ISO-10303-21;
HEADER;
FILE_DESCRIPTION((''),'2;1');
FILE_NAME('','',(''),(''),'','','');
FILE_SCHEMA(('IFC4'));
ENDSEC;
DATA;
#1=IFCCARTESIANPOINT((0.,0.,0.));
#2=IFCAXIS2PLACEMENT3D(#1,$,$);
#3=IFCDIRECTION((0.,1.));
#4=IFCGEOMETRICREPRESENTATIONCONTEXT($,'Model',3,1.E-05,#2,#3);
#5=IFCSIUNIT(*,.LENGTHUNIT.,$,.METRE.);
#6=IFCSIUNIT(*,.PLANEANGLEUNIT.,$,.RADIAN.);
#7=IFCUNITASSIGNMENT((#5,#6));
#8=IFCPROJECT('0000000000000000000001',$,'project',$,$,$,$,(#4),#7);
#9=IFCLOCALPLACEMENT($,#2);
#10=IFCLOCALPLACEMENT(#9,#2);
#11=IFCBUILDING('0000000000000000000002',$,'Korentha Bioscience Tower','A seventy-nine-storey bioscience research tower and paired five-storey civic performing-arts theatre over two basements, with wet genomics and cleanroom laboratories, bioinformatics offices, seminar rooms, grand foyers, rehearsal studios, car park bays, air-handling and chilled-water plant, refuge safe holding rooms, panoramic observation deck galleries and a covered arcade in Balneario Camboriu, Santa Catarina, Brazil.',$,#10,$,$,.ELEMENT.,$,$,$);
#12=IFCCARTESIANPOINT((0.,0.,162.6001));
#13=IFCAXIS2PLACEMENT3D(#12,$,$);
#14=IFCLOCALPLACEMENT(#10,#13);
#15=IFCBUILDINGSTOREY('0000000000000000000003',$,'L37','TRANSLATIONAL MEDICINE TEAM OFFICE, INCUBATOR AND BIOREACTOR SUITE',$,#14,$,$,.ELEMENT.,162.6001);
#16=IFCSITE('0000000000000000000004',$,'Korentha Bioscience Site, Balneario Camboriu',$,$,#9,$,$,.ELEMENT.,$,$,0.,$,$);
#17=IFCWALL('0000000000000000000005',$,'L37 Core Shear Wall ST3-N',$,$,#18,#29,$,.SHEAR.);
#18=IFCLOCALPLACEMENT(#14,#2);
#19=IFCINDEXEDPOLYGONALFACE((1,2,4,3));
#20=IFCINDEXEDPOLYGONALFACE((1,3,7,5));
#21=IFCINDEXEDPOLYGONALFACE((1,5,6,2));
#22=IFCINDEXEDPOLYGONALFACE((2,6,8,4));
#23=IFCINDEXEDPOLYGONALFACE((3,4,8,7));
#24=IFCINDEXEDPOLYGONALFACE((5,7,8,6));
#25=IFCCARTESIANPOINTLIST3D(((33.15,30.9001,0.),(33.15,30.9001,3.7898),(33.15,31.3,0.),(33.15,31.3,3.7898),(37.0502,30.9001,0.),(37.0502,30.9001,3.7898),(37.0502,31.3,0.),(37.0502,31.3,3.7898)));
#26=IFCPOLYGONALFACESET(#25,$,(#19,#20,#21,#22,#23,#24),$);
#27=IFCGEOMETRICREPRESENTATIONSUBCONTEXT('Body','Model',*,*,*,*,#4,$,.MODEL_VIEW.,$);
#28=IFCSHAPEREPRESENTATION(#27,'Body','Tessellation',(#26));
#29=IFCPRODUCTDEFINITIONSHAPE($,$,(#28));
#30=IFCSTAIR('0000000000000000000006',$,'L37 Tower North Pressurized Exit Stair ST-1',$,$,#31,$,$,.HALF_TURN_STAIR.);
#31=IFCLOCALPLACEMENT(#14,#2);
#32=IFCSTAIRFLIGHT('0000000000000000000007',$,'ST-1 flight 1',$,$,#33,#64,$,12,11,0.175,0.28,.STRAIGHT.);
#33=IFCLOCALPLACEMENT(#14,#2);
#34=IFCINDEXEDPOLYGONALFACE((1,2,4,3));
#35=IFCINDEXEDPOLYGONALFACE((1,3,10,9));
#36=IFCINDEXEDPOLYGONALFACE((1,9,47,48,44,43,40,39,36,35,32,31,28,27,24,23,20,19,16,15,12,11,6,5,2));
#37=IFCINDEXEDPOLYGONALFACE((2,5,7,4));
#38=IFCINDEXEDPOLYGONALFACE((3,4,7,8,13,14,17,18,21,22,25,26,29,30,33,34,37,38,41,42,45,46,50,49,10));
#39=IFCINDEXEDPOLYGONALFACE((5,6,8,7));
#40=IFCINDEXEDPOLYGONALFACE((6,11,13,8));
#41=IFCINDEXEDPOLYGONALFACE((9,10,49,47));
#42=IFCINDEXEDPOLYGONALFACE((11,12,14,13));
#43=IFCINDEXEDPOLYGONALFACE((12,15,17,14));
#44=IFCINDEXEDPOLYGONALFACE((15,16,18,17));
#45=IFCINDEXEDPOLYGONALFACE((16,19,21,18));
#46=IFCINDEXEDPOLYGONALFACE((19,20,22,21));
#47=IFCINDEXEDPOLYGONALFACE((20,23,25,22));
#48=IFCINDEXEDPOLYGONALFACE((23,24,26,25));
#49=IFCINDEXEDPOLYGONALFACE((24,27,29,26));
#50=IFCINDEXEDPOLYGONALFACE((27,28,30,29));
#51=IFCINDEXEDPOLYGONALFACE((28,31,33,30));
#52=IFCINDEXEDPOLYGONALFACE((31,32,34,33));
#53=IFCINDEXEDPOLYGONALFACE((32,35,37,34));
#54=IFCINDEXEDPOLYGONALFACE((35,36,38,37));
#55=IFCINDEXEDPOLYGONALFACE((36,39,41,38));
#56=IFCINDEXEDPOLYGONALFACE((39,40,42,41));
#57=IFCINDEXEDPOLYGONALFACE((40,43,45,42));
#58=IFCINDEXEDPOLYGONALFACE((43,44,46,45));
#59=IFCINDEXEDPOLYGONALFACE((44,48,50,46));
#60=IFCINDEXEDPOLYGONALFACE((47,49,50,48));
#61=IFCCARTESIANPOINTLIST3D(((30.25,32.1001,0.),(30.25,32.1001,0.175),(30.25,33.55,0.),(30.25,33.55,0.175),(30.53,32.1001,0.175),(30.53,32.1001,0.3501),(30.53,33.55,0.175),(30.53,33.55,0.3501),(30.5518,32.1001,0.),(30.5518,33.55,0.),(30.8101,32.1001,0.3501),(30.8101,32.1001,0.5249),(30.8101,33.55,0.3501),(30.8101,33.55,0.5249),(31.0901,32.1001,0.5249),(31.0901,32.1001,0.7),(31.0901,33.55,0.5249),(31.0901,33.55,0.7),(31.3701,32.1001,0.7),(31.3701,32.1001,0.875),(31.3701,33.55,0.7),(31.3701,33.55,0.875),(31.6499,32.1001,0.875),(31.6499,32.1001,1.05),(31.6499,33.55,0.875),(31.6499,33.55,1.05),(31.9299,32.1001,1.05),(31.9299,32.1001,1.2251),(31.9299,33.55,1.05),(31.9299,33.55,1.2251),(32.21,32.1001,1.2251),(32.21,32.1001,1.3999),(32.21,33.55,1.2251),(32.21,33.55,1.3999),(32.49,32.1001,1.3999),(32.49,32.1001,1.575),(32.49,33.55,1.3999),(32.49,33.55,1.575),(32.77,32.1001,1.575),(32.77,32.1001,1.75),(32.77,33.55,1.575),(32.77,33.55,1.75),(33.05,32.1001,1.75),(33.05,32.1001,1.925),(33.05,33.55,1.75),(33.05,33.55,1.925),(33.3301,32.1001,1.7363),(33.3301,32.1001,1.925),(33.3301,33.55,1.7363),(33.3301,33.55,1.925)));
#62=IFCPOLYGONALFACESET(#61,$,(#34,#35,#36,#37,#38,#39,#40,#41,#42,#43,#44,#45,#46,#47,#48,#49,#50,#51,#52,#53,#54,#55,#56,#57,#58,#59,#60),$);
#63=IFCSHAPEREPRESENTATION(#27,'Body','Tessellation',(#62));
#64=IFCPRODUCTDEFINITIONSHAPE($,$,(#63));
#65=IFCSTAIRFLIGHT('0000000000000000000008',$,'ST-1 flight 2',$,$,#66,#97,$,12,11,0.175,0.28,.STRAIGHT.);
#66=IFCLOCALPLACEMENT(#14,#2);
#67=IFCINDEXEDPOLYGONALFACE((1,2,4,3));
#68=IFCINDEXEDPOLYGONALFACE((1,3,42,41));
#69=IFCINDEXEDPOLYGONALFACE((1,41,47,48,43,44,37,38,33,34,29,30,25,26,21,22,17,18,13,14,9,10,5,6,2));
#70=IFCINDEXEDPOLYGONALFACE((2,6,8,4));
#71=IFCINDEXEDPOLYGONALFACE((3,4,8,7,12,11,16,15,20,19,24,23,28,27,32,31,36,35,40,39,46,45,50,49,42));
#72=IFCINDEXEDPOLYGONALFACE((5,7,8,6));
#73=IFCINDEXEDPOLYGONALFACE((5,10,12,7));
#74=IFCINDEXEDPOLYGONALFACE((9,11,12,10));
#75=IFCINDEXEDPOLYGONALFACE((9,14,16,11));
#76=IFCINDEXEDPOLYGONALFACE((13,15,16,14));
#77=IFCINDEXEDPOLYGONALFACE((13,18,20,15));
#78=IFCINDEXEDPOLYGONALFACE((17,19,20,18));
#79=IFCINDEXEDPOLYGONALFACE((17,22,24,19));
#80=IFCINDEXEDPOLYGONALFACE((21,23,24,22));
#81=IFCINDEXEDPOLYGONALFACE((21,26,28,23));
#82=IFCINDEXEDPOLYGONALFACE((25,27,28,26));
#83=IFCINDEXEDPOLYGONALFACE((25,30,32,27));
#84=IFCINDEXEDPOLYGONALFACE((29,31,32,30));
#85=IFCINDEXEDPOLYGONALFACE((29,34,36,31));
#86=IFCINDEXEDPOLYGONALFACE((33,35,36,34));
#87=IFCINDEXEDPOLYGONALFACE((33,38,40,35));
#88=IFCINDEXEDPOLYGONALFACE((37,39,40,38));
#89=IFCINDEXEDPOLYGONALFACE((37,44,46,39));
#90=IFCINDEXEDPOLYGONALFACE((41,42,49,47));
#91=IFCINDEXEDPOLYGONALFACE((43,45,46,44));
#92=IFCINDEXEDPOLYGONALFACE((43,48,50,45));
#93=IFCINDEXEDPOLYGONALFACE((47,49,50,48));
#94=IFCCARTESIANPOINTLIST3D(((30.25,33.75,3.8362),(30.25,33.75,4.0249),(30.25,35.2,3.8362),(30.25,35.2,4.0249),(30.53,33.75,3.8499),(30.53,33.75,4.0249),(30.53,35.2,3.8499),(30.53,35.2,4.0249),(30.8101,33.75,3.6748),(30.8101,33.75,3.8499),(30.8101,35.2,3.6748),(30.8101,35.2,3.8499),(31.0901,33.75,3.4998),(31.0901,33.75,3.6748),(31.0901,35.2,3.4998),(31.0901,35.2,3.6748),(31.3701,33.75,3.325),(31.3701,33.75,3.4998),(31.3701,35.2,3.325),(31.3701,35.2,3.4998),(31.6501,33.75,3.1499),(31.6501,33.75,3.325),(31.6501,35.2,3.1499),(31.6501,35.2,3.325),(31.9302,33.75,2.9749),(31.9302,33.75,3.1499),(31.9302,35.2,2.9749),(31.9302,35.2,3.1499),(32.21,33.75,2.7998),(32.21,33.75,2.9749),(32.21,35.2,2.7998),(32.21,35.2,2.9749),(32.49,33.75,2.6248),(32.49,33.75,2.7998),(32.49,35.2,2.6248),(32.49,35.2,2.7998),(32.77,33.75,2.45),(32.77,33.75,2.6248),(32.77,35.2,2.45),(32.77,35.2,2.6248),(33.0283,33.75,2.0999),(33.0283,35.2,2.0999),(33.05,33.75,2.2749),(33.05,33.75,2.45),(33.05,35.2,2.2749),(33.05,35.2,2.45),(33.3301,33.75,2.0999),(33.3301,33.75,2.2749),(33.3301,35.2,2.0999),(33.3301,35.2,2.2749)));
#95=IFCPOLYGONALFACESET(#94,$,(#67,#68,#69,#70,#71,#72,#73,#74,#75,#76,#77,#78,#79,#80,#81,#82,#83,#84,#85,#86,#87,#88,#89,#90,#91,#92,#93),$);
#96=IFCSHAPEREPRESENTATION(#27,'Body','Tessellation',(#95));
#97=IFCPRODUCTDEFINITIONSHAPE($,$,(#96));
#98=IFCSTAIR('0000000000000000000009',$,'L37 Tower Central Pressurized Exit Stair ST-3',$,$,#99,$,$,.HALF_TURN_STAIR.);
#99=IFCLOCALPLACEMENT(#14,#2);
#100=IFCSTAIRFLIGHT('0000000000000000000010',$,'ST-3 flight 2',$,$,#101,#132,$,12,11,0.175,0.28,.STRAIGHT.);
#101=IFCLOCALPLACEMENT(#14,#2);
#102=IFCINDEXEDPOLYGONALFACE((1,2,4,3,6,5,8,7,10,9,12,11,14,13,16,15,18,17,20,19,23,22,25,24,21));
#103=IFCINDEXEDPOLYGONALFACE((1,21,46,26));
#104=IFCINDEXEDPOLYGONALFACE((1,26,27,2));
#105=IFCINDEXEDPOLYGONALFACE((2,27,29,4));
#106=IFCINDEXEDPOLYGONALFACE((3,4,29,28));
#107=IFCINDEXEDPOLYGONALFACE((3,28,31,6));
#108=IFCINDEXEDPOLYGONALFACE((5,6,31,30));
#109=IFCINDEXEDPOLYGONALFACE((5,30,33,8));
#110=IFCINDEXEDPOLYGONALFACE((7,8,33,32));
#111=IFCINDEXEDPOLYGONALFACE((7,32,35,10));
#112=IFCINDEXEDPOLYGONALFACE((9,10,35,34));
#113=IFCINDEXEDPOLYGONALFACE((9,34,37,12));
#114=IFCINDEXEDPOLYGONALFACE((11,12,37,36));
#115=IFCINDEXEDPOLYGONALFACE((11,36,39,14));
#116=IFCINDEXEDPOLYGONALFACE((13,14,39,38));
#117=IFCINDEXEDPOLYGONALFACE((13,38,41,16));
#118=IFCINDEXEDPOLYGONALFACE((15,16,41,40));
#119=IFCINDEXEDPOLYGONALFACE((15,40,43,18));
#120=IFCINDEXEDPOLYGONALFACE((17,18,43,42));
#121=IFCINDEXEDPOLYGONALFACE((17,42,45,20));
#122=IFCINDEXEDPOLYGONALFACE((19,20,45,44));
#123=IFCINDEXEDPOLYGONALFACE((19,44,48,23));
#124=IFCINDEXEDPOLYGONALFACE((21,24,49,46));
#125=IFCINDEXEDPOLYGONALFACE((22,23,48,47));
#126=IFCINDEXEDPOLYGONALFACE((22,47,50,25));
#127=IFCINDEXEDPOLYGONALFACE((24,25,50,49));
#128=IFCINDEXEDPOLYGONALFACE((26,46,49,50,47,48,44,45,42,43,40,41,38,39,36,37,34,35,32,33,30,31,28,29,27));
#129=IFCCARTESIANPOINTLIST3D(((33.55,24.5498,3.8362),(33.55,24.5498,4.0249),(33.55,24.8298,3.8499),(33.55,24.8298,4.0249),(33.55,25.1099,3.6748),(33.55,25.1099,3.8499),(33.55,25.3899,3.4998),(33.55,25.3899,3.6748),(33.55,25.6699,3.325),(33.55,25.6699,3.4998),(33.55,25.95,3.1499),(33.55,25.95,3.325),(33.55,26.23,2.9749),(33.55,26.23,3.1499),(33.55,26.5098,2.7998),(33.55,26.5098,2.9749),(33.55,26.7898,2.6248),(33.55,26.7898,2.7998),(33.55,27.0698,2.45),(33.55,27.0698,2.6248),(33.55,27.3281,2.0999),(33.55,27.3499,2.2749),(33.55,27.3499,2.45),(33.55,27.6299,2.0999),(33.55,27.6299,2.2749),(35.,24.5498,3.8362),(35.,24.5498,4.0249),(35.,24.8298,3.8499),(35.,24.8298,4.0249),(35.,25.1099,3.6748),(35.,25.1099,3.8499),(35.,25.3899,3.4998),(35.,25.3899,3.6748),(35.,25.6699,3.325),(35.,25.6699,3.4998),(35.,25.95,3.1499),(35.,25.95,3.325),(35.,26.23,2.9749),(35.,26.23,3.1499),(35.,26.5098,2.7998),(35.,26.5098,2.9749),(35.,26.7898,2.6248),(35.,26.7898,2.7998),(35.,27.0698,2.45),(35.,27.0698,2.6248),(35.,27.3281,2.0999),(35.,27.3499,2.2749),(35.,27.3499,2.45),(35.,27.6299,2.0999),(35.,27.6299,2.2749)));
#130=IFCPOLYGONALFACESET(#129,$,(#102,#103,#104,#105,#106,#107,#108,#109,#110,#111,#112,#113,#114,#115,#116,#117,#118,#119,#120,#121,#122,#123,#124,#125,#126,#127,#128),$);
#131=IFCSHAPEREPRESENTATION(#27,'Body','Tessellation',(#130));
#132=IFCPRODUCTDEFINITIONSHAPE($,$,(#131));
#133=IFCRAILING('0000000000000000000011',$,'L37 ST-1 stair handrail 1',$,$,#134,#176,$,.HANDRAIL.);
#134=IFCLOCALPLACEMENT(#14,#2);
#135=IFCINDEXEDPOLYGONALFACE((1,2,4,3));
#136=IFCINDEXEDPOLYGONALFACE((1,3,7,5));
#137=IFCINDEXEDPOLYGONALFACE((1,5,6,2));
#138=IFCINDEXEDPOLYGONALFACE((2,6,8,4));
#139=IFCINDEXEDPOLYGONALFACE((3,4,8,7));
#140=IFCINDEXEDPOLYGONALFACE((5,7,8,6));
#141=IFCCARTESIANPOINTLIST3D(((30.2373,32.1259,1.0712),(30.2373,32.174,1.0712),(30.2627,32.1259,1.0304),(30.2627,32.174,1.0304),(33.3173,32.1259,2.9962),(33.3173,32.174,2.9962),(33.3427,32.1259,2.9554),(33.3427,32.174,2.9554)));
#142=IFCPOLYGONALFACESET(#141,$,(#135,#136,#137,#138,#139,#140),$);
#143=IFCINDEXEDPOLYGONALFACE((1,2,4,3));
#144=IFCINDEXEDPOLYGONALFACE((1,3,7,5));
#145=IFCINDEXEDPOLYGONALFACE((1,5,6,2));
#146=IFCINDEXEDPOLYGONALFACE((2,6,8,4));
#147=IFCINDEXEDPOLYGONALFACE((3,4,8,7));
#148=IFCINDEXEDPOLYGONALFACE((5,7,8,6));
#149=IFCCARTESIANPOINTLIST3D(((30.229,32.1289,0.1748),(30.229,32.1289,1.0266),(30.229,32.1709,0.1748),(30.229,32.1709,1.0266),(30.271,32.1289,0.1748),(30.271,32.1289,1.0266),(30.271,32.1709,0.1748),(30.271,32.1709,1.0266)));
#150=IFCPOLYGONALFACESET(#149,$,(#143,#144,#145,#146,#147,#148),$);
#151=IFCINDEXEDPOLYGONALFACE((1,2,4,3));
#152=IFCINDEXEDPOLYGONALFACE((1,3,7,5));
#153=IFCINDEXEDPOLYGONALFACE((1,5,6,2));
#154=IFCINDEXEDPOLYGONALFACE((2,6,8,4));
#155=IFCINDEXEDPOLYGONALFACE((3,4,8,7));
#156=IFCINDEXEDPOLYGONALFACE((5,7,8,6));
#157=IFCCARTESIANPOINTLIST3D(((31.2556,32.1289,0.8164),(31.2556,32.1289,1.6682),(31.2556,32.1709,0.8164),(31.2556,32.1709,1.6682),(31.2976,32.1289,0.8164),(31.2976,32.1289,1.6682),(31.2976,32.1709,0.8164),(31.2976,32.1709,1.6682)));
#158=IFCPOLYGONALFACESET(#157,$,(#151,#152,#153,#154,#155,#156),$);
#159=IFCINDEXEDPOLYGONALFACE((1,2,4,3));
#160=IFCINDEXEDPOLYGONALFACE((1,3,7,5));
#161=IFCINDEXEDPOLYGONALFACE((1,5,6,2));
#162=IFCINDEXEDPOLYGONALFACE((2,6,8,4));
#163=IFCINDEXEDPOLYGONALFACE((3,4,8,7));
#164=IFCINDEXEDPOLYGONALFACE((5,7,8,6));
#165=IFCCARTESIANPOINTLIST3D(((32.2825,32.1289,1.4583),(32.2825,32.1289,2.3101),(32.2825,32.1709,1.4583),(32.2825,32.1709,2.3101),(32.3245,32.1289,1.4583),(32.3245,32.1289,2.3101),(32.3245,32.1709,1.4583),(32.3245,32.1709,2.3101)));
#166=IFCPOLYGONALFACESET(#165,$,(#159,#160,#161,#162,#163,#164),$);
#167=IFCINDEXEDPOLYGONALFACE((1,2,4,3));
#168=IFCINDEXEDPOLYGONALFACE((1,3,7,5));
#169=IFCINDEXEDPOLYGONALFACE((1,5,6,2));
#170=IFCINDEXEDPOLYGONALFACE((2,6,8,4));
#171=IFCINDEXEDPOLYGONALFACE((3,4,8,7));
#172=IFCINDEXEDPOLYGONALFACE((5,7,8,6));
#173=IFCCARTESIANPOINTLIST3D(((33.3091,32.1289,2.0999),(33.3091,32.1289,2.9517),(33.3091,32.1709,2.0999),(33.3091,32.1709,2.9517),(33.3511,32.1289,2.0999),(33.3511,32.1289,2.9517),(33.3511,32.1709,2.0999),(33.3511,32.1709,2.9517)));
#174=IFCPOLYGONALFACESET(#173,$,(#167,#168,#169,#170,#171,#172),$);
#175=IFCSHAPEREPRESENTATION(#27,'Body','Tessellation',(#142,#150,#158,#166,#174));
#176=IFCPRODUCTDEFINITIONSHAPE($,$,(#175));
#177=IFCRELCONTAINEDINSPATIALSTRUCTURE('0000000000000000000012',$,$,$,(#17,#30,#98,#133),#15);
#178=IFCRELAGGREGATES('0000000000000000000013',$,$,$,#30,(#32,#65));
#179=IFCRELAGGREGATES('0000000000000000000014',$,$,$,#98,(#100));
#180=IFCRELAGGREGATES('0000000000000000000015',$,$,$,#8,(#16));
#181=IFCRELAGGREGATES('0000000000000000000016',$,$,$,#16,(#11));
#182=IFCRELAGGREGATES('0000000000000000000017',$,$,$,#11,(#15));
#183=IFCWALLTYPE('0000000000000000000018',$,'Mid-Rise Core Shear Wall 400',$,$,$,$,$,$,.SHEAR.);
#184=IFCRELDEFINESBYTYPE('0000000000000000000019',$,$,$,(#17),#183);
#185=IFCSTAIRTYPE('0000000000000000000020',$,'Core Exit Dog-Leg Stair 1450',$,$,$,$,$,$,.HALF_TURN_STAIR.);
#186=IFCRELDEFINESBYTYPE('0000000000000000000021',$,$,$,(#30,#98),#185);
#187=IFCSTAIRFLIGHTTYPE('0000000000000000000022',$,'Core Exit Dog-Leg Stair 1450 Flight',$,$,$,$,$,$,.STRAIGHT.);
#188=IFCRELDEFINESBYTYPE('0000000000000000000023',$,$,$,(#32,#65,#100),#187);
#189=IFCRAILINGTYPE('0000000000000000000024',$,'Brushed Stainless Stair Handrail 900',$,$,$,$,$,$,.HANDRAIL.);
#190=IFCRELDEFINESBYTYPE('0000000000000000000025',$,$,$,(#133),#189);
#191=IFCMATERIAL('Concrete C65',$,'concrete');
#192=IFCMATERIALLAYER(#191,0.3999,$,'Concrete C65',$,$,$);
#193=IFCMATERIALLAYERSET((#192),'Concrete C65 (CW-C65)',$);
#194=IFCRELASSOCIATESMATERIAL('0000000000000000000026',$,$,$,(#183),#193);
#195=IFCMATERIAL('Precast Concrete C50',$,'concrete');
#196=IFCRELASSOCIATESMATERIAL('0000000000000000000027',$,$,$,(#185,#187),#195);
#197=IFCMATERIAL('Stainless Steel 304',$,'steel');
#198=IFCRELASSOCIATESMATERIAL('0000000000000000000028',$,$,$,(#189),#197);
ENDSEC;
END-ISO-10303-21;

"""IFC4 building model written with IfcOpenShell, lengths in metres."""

from ifc_helpers import new_model, si_unit, direction, frame, frame_2d, origin, origin_2d, place, context, subcontext, project, spatial, polyline, rectangle, outline, extrude, material, layer, layer_set, type_object, element, aggregate, save


model = new_model("IFC4")

# Units and contexts
model_context = context("Model", 3, precision=1e-05, world=origin(), true_north=direction((0.0, 1.0)))
body_context = subcontext(model_context, "Body", "Model", "MODEL_VIEW")
ifc_project = project(units=[si_unit("LENGTHUNIT", "METRE"), si_unit("PLANEANGLEUNIT", "RADIAN")], contexts=[model_context])

# Site, building, storey
site_placement = place(None, origin())
site = spatial("IfcSite", under=ifc_project, at=site_placement, Name="Korentha Bioscience Site, Balneario Camboriu", CompositionType="ELEMENT", RefElevation=0.0)
building_placement = place(site_placement, origin())
building = spatial("IfcBuilding", under=site, at=building_placement, Name="Korentha Bioscience Tower", Description="A seventy-nine-storey bioscience research tower and paired five-storey civic performing-arts theatre over two basements, with wet genomics and cleanroom laboratories, bioinformatics offices, seminar rooms, grand foyers, rehearsal studios, car park bays, air-handling and chilled-water plant, refuge safe holding rooms, panoramic observation deck galleries and a covered arcade in Balneario Camboriu, Santa Catarina, Brazil.", CompositionType="ELEMENT")
storey_placement = place(building_placement, frame((0.0, 0.0, 162.6001)))
storey = spatial("IfcBuildingStorey", under=building, at=storey_placement, Name="L37", Description="TRANSLATIONAL MEDICINE TEAM OFFICE, INCUBATOR AND BIOREACTOR SUITE", CompositionType="ELEMENT", Elevation=162.6001)

# Shared definitions
ifc_material_1 = material(Name="Concrete C65", Category="concrete")

# Wall
ifc_layer_1 = layer(ifc_material_1, 0.3999, Name="Concrete C65")
ifc_layer_set_1 = layer_set([ifc_layer_1], Name="Concrete C65 (CW-C65)")
wall_type_1 = type_object("IfcWallType", Name="Mid-Rise Core Shear Wall 400", PredefinedType="SHEAR", material=ifc_layer_set_1)
wall_1_placement = place(storey_placement, frame((33.1499, 31.1001, 0.0), z_axis=(0.0, 0.0, 1.0), x_axis=(1.0, 0.0, 0.0)))
element("IfcWall", 1, at=wall_1_placement, inside=storey, type_object=wall_type_1, Name="L37 Core Shear Wall ST3-N", PredefinedType="SHEAR", context=body_context, shape_type="SweptSolid", body=[
    extrude(rectangle(XDim=3.9001, YDim=0.3999, at=frame_2d((1.9502, 0.0))), origin(), (0.0, 0.0, 1.0), 3.7898),
])

# Stair, stair flights
ifc_material_2 = material(Name="Precast Concrete C50", Category="concrete")
stair_type = type_object("IfcStairType", Name="Core Exit Dog-Leg Stair 1450", PredefinedType="HALF_TURN_STAIR", material=ifc_material_2)
stair_1_placement = place(storey_placement, origin())
stair_1 = element("IfcStair", 2, at=stair_1_placement, inside=storey, type_object=stair_type, Name="L37 Tower North Pressurized Exit Stair ST-1", PredefinedType="HALF_TURN_STAIR")
stair_flight_type = type_object("IfcStairFlightType", Name="Core Exit Dog-Leg Stair 1450 Flight", PredefinedType="STRAIGHT", material=ifc_material_2)
stair_flight_1_placement = place(storey_placement, frame((30.25, 32.825, 0.0), z_axis=(0.0, 0.0, 1.0), x_axis=(1.0, 0.0, 0.0)))
stair_flight_1 = element("IfcStairFlight", 3, at=stair_flight_1_placement, type_object=stair_flight_type, Name="ST-1 flight 1", NumberOfRisers=12, NumberOfTreads=11, PredefinedType="STRAIGHT", RiserHeight=0.175, TreadLength=0.28, context=body_context, shape_type="SweptSolid", body=[
    extrude(outline(polyline([(0.0, 0.0), (0.0, 0.175), (0.28, 0.175), (0.28, 0.3501), (0.5601, 0.3501), (0.5601, 0.5249), (0.8401, 0.5249), (0.8401, 0.7), (1.1201, 0.7), (1.1201, 0.875), (1.3999, 0.875), (1.3999, 1.05), (1.6799, 1.05), (1.6799, 1.2251), (1.96, 1.2251), (1.96, 1.3999), (2.24, 1.3999), (2.24, 1.575), (2.52, 1.575), (2.52, 1.75), (2.8, 1.75), (2.8, 1.925), (3.0801, 1.925), (3.0801, 2.1001), (3.0801, 1.7363), (0.3018, 0.0), (0.0, 0.0)])), frame((0.0, 0.7251, 0.0), z_axis=(0.0, -1.0, 0.0), x_axis=(1.0, 0.0, 0.0)), (0.0, 0.0, 1.0), 1.45),
])
stair_flight_2_placement = place(storey_placement, frame((33.3301, 34.4751, 2.0999), z_axis=(0.0, 0.0, 1.0), x_axis=(-1.0, 0.0, 0.0)))
stair_flight_2 = element("IfcStairFlight", 4, at=stair_flight_2_placement, type_object=stair_flight_type, Name="ST-1 flight 2", NumberOfRisers=12, NumberOfTreads=11, PredefinedType="STRAIGHT", RiserHeight=0.175, TreadLength=0.28, context=body_context, shape_type="SweptSolid", body=[
    extrude(outline(polyline([(0.0, 0.0), (0.0, 0.175), (0.28, 0.175), (0.28, 0.3501), (0.5601, 0.3501), (0.5601, 0.5249), (0.8401, 0.5249), (0.8401, 0.7), (1.1201, 0.7), (1.1201, 0.875), (1.3999, 0.875), (1.3999, 1.05), (1.6799, 1.05), (1.6799, 1.2251), (1.96, 1.2251), (1.96, 1.3999), (2.24, 1.3999), (2.24, 1.575), (2.52, 1.575), (2.52, 1.75), (2.8, 1.75), (2.8, 1.925), (3.0801, 1.925), (3.0801, 2.1001), (3.0801, 1.7363), (0.3018, 0.0), (0.0, 0.0)])), frame((0.0, 0.7251, 0.0), z_axis=(0.0, -1.0, 0.0), x_axis=(1.0, 0.0, 0.0)), (0.0, 0.0, 1.0), 1.45),
])
aggregate(stair_1, [stair_flight_1, stair_flight_2])

# Stair, stair flight
stair_2_placement = place(storey_placement, origin())
stair_2 = element("IfcStair", 5, at=stair_2_placement, inside=storey, type_object=stair_type, Name="L37 Tower Central Pressurized Exit Stair ST-3", PredefinedType="HALF_TURN_STAIR")
stair_flight_3_placement = place(storey_placement, frame((34.2749, 27.6299, 2.0999), z_axis=(0.0, 0.0, 1.0), x_axis=(0.0, -1.0, 0.0)))
stair_flight_3 = element("IfcStairFlight", 6, at=stair_flight_3_placement, type_object=stair_flight_type, Name="ST-3 flight 2", NumberOfRisers=12, NumberOfTreads=11, PredefinedType="STRAIGHT", RiserHeight=0.175, TreadLength=0.28, context=body_context, shape_type="SweptSolid", body=[
    extrude(outline(polyline([(0.0, 0.0), (0.0, 0.175), (0.28, 0.175), (0.28, 0.3501), (0.5601, 0.3501), (0.5601, 0.5249), (0.8401, 0.5249), (0.8401, 0.7), (1.1201, 0.7), (1.1201, 0.875), (1.3999, 0.875), (1.3999, 1.05), (1.6799, 1.05), (1.6799, 1.2251), (1.96, 1.2251), (1.96, 1.3999), (2.24, 1.3999), (2.24, 1.575), (2.52, 1.575), (2.52, 1.75), (2.8, 1.75), (2.8, 1.925), (3.0801, 1.925), (3.0801, 2.1001), (3.0801, 1.7363), (0.3018, 0.0), (0.0, 0.0)])), frame((0.0, 0.7251, 0.0), z_axis=(0.0, -1.0, 0.0), x_axis=(1.0, 0.0, 0.0)), (0.0, 0.0, 1.0), 1.45),
])
aggregate(stair_2, [stair_flight_3])

# Railing
ifc_material_3 = material(Name="Stainless Steel 304", Category="steel")
railing_type_1 = type_object("IfcRailingType", Name="Brushed Stainless Stair Handrail 900", PredefinedType="HANDRAIL", material=ifc_material_3)
railing_1_placement = place(storey_placement, frame((30.25, 32.1499, 0.1748)))
element("IfcRailing", 7, at=railing_1_placement, inside=storey, type_object=railing_type_1, Name="L37 ST-1 stair handrail 1", PredefinedType="HANDRAIL", context=body_context, shape_type="SweptSolid", body=[
    extrude(rectangle(XDim=0.0481, YDim=0.0481, at=origin_2d()), frame((0.0, 0.0, 0.876), z_axis=(0.847998, 0.0, 0.529999), x_axis=(0.0, 1.0, 0.0)), (0.0, 0.0, 1.0), 3.6321),
    extrude(rectangle(XDim=0.042, YDim=0.042, at=origin_2d()), origin(), (0.0, 0.0, 1.0), 0.8518),
    extrude(rectangle(XDim=0.042, YDim=0.042, at=origin_2d()), frame((1.0266, 0.0, 0.6416)), (0.0, 0.0, 1.0), 0.8518),
    extrude(rectangle(XDim=0.042, YDim=0.042, at=origin_2d()), frame((2.0535, 0.0, 1.2834)), (0.0, 0.0, 1.0), 0.8518),
    extrude(rectangle(XDim=0.042, YDim=0.042, at=origin_2d()), frame((3.0801, 0.0, 1.925)), (0.0, 0.0, 1.0), 0.8518),
])

save(model, "model.ifc")
